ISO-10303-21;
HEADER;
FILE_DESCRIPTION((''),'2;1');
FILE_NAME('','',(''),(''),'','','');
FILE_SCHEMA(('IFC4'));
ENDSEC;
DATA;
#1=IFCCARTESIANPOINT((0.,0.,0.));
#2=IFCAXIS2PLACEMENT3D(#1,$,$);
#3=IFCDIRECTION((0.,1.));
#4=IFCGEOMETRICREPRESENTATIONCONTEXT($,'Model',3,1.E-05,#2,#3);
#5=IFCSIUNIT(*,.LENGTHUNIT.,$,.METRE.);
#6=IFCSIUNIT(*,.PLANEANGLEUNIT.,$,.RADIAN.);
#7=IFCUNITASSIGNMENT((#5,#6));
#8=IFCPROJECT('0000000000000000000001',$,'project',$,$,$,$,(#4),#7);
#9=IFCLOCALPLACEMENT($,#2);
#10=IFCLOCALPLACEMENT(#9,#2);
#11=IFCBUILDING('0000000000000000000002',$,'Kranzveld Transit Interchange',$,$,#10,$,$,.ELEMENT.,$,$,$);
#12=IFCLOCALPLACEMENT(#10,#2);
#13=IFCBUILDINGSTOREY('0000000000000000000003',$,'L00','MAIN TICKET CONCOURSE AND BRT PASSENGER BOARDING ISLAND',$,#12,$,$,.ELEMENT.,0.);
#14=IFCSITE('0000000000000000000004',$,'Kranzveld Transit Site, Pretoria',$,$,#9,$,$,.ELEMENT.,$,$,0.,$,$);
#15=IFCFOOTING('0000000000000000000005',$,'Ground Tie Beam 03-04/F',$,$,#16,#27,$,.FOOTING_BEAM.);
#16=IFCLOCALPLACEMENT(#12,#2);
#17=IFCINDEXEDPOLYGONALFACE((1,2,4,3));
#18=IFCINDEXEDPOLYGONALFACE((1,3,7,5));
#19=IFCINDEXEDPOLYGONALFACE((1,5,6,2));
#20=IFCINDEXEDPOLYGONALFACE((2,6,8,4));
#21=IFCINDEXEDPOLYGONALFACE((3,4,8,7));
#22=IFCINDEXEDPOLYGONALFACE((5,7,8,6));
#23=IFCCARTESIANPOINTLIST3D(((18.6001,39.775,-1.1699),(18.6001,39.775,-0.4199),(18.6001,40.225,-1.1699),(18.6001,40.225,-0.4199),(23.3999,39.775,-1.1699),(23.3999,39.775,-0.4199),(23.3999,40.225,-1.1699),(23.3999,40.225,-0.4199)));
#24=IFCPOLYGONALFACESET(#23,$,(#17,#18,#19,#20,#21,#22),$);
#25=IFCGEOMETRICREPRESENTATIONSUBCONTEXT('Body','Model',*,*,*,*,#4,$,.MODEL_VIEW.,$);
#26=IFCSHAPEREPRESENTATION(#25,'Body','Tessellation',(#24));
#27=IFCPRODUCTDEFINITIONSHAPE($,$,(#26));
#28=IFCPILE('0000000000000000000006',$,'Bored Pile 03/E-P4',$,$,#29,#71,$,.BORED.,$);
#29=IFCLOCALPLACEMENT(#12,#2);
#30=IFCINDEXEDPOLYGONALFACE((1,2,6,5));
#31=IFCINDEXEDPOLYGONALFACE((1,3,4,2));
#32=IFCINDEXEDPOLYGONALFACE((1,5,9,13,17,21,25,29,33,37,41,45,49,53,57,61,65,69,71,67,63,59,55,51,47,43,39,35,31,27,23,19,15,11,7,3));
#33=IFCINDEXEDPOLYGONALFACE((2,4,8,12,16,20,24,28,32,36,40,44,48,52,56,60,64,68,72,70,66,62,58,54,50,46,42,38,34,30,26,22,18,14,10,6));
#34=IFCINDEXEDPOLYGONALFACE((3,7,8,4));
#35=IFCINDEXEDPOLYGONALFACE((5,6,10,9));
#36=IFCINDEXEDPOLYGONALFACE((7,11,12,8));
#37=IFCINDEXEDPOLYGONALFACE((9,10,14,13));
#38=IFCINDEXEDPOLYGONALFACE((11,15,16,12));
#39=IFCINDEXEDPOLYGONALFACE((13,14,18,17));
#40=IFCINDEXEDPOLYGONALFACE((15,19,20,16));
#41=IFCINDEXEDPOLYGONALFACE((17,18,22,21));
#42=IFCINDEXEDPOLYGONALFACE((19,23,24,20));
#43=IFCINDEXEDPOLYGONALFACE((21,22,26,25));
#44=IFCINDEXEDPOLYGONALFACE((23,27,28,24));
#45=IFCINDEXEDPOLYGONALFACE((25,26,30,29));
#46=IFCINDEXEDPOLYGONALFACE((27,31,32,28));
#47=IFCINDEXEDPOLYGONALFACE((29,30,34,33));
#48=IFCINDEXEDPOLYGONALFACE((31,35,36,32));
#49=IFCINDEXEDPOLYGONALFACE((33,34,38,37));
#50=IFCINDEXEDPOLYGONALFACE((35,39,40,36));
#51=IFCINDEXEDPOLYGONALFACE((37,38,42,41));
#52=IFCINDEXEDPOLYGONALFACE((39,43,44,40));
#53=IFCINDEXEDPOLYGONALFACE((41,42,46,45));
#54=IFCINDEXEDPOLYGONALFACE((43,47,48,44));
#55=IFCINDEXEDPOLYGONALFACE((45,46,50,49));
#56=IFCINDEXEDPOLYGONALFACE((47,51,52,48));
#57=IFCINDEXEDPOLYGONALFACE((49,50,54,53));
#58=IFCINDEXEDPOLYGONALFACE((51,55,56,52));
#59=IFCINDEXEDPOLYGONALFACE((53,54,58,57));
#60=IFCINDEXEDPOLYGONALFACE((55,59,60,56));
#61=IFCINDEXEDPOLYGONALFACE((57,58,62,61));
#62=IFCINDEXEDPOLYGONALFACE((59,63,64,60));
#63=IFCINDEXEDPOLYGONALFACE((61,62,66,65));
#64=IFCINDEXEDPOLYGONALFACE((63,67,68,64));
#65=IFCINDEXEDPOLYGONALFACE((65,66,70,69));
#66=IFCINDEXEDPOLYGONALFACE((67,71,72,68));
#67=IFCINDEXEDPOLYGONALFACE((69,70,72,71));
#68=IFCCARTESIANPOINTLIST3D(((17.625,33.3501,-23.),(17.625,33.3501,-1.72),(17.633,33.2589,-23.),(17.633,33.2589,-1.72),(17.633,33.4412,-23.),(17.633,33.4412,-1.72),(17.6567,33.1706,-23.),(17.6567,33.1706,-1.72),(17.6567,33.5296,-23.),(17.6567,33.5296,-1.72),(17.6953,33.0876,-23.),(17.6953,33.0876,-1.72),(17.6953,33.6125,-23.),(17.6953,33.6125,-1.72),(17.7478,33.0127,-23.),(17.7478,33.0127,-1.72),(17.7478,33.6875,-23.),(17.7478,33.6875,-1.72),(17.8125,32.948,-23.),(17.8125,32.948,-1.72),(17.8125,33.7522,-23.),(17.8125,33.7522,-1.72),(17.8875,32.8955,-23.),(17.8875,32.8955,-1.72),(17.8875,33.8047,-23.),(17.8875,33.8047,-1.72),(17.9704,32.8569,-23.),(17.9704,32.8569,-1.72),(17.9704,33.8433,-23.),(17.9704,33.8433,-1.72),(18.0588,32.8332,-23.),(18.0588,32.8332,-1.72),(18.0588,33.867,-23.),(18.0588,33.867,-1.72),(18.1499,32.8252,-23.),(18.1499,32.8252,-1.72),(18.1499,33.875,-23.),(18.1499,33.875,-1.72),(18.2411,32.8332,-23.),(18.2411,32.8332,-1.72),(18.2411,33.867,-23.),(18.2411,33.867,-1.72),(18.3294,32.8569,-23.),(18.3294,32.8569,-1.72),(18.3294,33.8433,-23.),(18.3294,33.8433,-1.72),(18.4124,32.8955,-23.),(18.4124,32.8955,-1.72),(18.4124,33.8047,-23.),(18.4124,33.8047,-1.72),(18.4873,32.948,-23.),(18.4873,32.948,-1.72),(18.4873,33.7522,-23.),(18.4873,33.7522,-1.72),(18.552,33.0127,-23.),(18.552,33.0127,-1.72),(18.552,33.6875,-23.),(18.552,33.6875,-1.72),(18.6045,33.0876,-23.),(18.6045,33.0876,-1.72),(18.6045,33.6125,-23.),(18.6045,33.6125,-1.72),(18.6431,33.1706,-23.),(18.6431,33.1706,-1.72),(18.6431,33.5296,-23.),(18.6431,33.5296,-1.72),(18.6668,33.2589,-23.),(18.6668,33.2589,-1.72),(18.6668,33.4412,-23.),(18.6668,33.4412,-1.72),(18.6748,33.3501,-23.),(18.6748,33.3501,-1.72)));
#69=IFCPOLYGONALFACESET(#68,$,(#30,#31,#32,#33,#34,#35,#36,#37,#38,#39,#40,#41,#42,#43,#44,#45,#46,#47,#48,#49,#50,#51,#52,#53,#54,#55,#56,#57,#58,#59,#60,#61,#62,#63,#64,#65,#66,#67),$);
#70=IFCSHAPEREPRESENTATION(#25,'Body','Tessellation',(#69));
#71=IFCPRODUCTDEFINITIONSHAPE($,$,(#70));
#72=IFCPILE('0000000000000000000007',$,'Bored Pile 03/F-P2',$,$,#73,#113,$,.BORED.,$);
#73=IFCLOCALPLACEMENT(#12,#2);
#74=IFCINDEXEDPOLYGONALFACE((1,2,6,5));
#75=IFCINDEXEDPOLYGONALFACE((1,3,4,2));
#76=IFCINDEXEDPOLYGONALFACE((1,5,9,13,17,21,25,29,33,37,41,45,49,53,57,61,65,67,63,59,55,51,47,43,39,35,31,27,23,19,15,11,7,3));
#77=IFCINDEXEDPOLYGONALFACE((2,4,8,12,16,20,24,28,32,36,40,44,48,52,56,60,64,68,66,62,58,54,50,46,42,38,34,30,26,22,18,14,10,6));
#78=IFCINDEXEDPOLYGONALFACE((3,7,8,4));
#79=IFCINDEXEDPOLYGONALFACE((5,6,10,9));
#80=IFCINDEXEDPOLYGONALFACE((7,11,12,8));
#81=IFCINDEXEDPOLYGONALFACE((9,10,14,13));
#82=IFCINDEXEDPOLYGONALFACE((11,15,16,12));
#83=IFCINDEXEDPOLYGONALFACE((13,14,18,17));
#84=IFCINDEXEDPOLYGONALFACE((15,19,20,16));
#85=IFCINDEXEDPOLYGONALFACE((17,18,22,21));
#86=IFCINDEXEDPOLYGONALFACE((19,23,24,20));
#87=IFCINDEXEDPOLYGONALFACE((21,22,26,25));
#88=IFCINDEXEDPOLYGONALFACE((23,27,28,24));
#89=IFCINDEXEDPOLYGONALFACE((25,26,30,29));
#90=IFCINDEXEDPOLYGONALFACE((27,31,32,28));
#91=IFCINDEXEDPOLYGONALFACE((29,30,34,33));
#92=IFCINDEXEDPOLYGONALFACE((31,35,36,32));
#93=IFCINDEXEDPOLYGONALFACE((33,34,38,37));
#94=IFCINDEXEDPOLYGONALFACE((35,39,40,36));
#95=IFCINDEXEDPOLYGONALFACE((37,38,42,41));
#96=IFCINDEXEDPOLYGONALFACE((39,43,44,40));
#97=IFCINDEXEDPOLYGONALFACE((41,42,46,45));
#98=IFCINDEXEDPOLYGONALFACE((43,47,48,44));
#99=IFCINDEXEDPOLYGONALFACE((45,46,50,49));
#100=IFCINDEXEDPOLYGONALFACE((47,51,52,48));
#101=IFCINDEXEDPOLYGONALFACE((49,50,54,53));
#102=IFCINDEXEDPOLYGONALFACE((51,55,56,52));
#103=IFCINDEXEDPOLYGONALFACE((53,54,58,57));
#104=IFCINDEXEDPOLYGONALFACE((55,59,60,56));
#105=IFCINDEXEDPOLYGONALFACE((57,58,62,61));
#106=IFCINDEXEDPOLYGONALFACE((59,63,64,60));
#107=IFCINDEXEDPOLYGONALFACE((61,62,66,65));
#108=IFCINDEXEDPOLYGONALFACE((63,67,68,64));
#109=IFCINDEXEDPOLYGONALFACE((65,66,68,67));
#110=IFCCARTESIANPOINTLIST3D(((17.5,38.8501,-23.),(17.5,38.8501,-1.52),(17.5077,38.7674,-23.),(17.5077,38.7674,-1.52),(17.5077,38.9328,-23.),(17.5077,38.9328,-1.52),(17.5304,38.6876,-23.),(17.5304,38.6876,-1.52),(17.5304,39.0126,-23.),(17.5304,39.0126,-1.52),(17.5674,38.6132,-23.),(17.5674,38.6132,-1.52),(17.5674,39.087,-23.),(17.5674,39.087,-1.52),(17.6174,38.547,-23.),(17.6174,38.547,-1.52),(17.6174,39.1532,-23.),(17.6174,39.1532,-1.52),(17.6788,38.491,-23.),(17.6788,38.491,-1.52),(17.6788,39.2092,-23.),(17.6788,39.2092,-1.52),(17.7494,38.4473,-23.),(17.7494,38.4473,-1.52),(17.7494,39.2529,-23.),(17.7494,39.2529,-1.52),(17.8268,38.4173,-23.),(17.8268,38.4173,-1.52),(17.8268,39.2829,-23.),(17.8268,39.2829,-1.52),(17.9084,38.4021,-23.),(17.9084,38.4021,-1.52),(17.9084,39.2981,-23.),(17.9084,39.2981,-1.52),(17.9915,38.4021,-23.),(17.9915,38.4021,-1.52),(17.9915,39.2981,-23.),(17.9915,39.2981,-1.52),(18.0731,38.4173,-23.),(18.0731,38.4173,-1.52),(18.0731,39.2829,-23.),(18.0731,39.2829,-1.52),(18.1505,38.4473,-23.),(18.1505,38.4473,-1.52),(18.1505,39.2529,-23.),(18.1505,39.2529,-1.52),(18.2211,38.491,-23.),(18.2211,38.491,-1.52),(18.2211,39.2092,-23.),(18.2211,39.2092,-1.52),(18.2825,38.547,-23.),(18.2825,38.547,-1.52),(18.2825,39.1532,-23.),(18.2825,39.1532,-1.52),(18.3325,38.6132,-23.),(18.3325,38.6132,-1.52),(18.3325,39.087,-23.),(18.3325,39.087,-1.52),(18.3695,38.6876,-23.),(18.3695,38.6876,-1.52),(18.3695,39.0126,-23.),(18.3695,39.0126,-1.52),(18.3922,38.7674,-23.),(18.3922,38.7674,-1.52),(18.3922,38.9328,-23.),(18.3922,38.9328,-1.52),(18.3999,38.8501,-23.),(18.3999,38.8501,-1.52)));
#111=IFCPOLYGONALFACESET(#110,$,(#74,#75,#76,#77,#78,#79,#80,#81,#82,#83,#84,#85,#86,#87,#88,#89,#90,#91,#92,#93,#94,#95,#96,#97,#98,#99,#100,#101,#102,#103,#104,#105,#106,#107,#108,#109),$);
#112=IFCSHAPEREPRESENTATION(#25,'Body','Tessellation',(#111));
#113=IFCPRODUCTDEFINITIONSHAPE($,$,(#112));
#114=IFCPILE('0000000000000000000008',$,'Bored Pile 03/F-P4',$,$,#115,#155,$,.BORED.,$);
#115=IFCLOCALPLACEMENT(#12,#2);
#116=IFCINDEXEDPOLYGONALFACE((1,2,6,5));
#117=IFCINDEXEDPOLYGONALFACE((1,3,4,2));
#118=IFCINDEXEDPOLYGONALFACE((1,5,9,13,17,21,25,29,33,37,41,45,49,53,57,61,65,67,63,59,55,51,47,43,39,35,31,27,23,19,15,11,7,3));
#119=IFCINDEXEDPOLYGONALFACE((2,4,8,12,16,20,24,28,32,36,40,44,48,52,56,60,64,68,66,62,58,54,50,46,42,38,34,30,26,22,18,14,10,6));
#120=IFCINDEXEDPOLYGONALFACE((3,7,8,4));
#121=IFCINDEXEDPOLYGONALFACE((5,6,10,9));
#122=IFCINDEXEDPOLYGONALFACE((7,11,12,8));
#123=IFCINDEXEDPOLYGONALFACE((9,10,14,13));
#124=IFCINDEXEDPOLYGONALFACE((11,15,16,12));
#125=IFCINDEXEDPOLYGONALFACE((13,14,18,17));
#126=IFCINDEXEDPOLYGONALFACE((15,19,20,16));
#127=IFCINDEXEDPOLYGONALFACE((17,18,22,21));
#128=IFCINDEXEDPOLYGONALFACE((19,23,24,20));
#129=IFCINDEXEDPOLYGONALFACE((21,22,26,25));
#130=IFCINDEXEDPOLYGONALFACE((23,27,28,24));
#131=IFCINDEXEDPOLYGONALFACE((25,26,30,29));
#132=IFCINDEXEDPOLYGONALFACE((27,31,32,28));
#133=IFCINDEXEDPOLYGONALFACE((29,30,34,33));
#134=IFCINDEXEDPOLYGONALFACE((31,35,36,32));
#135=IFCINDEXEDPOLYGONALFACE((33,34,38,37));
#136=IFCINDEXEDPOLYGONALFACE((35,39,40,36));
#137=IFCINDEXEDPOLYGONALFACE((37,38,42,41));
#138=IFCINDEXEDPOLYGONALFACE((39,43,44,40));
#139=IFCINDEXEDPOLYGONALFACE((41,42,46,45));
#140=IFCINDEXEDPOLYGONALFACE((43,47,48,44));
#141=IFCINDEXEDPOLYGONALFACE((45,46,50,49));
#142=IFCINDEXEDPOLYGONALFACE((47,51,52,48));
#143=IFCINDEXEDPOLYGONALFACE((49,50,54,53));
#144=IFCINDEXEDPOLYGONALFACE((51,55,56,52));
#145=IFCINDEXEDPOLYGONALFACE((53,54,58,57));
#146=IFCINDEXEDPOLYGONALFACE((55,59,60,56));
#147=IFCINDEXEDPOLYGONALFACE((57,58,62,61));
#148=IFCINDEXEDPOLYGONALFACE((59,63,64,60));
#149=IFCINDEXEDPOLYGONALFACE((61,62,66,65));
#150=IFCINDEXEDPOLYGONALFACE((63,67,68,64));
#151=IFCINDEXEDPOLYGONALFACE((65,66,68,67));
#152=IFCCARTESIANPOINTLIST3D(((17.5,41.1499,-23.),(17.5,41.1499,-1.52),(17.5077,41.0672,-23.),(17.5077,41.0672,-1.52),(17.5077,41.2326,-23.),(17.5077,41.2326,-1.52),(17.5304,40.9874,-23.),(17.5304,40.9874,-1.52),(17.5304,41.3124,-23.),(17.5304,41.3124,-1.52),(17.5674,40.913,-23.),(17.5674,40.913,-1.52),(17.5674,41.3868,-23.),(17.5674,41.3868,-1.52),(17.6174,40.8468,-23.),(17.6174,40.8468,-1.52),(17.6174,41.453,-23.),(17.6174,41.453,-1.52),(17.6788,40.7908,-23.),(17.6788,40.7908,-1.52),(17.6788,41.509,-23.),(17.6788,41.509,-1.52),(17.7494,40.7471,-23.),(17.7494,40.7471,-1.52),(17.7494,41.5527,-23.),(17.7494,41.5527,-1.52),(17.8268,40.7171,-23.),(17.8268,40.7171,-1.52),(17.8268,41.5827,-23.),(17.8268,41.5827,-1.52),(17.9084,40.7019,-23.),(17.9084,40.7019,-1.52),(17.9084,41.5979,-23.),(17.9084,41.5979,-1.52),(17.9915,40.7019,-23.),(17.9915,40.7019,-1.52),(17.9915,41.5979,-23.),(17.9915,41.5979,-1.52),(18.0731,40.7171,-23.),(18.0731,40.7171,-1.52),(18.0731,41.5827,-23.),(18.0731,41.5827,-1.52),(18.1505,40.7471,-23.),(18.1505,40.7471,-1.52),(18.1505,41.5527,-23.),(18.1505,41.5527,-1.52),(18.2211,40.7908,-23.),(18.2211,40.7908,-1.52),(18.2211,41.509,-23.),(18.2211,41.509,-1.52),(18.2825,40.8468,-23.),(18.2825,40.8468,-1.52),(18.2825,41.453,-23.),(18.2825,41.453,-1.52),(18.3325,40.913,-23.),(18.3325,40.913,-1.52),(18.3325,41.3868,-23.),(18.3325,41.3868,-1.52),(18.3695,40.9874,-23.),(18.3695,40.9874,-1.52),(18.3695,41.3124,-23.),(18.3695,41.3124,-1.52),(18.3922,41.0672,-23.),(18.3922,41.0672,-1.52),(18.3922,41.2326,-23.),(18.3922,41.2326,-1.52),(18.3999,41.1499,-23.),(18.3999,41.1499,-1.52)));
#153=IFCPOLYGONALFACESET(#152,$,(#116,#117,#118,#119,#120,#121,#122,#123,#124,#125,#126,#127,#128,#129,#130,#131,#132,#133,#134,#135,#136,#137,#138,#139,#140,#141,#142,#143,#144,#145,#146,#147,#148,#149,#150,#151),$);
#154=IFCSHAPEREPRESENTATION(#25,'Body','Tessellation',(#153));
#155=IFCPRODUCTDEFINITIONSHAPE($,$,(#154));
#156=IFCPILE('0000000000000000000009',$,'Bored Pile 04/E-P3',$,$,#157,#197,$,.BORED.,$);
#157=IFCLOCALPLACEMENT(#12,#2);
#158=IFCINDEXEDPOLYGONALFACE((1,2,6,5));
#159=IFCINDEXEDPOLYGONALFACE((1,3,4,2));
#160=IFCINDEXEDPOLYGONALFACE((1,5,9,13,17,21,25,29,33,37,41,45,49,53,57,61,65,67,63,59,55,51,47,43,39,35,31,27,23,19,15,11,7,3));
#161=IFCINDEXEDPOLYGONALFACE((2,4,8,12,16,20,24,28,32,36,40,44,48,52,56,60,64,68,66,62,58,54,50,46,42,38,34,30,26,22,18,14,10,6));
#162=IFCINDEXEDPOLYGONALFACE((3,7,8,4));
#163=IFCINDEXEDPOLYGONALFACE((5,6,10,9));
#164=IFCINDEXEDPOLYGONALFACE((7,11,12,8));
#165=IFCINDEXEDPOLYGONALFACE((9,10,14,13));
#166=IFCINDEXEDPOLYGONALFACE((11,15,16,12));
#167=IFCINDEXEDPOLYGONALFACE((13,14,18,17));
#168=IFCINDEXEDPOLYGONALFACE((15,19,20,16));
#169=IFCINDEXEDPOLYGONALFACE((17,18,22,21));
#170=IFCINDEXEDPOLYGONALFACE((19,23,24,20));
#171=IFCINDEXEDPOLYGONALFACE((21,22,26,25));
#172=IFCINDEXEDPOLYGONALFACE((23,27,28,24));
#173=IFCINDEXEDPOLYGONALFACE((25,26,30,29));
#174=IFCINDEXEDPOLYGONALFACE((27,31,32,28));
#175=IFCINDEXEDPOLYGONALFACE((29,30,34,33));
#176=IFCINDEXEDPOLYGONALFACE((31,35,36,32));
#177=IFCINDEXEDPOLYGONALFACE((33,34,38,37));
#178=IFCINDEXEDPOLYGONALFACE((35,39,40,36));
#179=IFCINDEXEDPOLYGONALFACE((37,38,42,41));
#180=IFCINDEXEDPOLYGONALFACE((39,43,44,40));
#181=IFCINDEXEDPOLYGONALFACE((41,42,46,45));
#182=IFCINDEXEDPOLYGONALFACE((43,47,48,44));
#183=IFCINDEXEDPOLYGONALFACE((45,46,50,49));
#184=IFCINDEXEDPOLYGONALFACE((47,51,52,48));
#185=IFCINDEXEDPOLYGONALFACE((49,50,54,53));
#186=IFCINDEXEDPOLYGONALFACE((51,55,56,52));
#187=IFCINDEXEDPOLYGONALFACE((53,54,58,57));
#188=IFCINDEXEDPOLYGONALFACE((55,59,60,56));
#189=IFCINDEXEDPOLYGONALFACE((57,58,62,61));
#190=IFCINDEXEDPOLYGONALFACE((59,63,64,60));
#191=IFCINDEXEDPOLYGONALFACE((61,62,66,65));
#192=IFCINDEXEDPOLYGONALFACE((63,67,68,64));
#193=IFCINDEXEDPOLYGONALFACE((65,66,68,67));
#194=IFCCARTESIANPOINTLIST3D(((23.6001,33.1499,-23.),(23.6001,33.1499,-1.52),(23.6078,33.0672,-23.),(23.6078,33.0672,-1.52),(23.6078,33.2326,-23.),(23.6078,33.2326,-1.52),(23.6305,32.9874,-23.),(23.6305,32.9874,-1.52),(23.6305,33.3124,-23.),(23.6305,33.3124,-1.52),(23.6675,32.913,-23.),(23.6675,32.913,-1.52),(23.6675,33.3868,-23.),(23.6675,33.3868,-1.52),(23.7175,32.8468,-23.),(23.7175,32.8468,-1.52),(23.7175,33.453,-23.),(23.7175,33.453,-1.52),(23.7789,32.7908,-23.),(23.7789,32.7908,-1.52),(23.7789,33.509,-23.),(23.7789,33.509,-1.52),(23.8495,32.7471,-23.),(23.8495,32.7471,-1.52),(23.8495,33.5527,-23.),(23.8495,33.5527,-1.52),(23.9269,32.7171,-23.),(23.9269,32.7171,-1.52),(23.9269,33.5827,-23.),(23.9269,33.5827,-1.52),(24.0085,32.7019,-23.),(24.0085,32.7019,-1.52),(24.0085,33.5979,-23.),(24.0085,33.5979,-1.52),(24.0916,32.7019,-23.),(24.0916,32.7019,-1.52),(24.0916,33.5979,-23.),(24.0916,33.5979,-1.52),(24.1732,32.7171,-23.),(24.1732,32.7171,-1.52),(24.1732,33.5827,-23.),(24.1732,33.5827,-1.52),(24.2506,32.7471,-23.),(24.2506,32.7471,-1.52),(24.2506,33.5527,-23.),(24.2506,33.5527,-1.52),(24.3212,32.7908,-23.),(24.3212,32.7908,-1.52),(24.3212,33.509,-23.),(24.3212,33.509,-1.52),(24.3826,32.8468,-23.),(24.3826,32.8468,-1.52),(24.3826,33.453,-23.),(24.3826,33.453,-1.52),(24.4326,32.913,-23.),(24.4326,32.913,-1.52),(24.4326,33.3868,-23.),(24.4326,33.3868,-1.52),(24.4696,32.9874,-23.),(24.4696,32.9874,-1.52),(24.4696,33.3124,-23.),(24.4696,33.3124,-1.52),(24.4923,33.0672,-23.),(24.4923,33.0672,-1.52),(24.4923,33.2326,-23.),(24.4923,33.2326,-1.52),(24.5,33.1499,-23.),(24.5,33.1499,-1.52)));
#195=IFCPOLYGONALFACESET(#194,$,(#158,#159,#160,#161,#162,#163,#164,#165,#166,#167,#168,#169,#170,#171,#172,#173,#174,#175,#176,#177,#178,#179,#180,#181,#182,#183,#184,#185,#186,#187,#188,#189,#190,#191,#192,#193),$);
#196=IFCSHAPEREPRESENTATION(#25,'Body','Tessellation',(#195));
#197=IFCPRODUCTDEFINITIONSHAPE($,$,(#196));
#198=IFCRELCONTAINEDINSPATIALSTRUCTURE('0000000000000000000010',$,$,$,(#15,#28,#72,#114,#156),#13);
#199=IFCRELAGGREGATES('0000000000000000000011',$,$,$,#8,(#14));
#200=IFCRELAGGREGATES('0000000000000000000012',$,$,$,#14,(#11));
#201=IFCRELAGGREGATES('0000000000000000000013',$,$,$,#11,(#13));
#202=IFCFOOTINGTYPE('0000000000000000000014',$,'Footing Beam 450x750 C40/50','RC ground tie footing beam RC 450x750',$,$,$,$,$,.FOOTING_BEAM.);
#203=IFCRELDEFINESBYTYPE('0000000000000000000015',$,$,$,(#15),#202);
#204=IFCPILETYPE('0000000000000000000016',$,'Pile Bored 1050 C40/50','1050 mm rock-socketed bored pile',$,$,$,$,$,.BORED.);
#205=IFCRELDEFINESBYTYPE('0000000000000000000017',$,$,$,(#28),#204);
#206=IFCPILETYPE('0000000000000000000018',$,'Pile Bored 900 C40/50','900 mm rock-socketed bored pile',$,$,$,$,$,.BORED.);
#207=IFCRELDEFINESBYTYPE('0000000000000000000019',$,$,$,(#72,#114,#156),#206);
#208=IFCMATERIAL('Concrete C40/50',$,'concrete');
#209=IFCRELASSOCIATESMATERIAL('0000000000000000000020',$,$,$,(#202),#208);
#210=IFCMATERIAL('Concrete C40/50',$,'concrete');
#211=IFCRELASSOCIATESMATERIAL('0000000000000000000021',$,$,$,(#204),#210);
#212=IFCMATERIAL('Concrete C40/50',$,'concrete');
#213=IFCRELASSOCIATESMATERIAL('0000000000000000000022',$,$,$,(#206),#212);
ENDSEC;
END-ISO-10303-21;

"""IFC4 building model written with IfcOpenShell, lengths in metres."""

from ifc_helpers import new_model, si_unit, direction, frame, origin, origin_2d, place, context, subcontext, project, spatial, rectangle, circle, extrude, material, material_profile, profile_set, type_object, element, save


model = new_model("IFC4")

# Units and contexts
model_context = context("Model", 3, precision=1e-05, world=origin(), true_north=direction((0.0, 1.0)))
body_context = subcontext(model_context, "Body", "Model", "MODEL_VIEW")
ifc_project = project(units=[si_unit("LENGTHUNIT", "METRE"), si_unit("PLANEANGLEUNIT", "RADIAN")], contexts=[model_context])

# Site, building, storey
site_placement = place(None, origin())
site = spatial("IfcSite", under=ifc_project, at=site_placement, Name="Kranzveld Transit Site, Pretoria", CompositionType="ELEMENT", RefElevation=0.0)
building_placement = place(site_placement, origin())
building = spatial("IfcBuilding", under=site, at=building_placement, Name="Kranzveld Transit Interchange", CompositionType="ELEMENT")
storey_placement = place(building_placement, origin())
storey = spatial("IfcBuildingStorey", under=building, at=storey_placement, Name="L00", Description="MAIN TICKET CONCOURSE AND BRT PASSENGER BOARDING ISLAND", CompositionType="ELEMENT", Elevation=0.0)

# Footing
ifc_material_1 = material(Name="Concrete C40/50", Category="concrete")
ifc_material_profile_1 = material_profile(ifc_material_1, rectangle(XDim=0.45, YDim=0.75, at=origin_2d()), Name="RC 450x750")
ifc_profile_set_1 = profile_set([ifc_material_profile_1], Name="Concrete C40/50")
footing_type_1 = type_object("IfcFootingType", Name="Footing Beam 450x750 C40/50", Description="RC ground tie footing beam RC 450x750", PredefinedType="FOOTING_BEAM", material=ifc_profile_set_1)
footing_placement = place(storey_placement, frame((18.6001, 40.0, -0.7949), z_axis=(1.0, 0.0, 0.0), x_axis=(0.0, 1.0, 0.0)))
element("IfcFooting", 1, at=footing_placement, inside=storey, type_object=footing_type_1, Name="Ground Tie Beam 03-04/F", PredefinedType="FOOTING_BEAM", context=body_context, shape_type="SweptSolid", body=[
    extrude(rectangle(XDim=0.45, YDim=0.75, at=origin_2d()), origin(), (0.0, 0.0, 1.0), 4.7998),
])

# Piles
ifc_material_2 = material(Name="Concrete C40/50", Category="concrete")
ifc_material_profile_2 = material_profile(ifc_material_2, circle(Radius=0.5249, at=origin_2d()), Name="BORED PILE 1050")
ifc_profile_set_2 = profile_set([ifc_material_profile_2], Name="Concrete C40/50")
pile_type_1 = type_object("IfcPileType", Name="Pile Bored 1050 C40/50", Description="1050 mm rock-socketed bored pile", PredefinedType="BORED", material=ifc_profile_set_2)
pile_placement = place(storey_placement, frame((18.1499, 33.3501, -1.72), z_axis=(0.0, 0.0, -1.0), x_axis=(1.0, 0.0, 0.0)))
element("IfcPile", 2, at=pile_placement, inside=storey, type_object=pile_type_1, Name="Bored Pile 03/E-P4", PredefinedType="BORED", context=body_context, shape_type="SweptSolid", body=[
    extrude(circle(Radius=0.5249, at=origin_2d()), origin(), (0.0, 0.0, 1.0), 21.28),
])
ifc_material_3 = material(Name="Concrete C40/50", Category="concrete")
ifc_material_profile_3 = material_profile(ifc_material_3, circle(Radius=0.45, at=origin_2d()), Name="BORED PILE 900")
ifc_profile_set_3 = profile_set([ifc_material_profile_3], Name="Concrete C40/50")
pile_type_2 = type_object("IfcPileType", Name="Pile Bored 900 C40/50", Description="900 mm rock-socketed bored pile", PredefinedType="BORED", material=ifc_profile_set_3)
for number, where, z_axis, x_axis, name in (
    (3, (17.95, 38.8501, -1.52), (0.0, 0.0, -1.0), (1.0, 0.0, 0.0), "Bored Pile 03/F-P2"),
    (4, (17.95, 41.1499, -1.52), (0.0, 0.0, -1.0), (1.0, 0.0, 0.0), "Bored Pile 03/F-P4"),
    (5, (24.05, 33.1499, -1.52), (0.0, 0.0, -1.0), (1.0, 0.0, 0.0), "Bored Pile 04/E-P3"),
):
    element("IfcPile", number, at=place(storey_placement, frame(where, z_axis=z_axis, x_axis=x_axis)), inside=storey, type_object=pile_type_2, Name=name, PredefinedType="BORED", context=body_context, shape_type="SweptSolid", body=[
        extrude(circle(Radius=0.45, at=origin_2d()), origin(), (0.0, 0.0, 1.0), 21.48),
    ])

save(model, "model.ifc")
